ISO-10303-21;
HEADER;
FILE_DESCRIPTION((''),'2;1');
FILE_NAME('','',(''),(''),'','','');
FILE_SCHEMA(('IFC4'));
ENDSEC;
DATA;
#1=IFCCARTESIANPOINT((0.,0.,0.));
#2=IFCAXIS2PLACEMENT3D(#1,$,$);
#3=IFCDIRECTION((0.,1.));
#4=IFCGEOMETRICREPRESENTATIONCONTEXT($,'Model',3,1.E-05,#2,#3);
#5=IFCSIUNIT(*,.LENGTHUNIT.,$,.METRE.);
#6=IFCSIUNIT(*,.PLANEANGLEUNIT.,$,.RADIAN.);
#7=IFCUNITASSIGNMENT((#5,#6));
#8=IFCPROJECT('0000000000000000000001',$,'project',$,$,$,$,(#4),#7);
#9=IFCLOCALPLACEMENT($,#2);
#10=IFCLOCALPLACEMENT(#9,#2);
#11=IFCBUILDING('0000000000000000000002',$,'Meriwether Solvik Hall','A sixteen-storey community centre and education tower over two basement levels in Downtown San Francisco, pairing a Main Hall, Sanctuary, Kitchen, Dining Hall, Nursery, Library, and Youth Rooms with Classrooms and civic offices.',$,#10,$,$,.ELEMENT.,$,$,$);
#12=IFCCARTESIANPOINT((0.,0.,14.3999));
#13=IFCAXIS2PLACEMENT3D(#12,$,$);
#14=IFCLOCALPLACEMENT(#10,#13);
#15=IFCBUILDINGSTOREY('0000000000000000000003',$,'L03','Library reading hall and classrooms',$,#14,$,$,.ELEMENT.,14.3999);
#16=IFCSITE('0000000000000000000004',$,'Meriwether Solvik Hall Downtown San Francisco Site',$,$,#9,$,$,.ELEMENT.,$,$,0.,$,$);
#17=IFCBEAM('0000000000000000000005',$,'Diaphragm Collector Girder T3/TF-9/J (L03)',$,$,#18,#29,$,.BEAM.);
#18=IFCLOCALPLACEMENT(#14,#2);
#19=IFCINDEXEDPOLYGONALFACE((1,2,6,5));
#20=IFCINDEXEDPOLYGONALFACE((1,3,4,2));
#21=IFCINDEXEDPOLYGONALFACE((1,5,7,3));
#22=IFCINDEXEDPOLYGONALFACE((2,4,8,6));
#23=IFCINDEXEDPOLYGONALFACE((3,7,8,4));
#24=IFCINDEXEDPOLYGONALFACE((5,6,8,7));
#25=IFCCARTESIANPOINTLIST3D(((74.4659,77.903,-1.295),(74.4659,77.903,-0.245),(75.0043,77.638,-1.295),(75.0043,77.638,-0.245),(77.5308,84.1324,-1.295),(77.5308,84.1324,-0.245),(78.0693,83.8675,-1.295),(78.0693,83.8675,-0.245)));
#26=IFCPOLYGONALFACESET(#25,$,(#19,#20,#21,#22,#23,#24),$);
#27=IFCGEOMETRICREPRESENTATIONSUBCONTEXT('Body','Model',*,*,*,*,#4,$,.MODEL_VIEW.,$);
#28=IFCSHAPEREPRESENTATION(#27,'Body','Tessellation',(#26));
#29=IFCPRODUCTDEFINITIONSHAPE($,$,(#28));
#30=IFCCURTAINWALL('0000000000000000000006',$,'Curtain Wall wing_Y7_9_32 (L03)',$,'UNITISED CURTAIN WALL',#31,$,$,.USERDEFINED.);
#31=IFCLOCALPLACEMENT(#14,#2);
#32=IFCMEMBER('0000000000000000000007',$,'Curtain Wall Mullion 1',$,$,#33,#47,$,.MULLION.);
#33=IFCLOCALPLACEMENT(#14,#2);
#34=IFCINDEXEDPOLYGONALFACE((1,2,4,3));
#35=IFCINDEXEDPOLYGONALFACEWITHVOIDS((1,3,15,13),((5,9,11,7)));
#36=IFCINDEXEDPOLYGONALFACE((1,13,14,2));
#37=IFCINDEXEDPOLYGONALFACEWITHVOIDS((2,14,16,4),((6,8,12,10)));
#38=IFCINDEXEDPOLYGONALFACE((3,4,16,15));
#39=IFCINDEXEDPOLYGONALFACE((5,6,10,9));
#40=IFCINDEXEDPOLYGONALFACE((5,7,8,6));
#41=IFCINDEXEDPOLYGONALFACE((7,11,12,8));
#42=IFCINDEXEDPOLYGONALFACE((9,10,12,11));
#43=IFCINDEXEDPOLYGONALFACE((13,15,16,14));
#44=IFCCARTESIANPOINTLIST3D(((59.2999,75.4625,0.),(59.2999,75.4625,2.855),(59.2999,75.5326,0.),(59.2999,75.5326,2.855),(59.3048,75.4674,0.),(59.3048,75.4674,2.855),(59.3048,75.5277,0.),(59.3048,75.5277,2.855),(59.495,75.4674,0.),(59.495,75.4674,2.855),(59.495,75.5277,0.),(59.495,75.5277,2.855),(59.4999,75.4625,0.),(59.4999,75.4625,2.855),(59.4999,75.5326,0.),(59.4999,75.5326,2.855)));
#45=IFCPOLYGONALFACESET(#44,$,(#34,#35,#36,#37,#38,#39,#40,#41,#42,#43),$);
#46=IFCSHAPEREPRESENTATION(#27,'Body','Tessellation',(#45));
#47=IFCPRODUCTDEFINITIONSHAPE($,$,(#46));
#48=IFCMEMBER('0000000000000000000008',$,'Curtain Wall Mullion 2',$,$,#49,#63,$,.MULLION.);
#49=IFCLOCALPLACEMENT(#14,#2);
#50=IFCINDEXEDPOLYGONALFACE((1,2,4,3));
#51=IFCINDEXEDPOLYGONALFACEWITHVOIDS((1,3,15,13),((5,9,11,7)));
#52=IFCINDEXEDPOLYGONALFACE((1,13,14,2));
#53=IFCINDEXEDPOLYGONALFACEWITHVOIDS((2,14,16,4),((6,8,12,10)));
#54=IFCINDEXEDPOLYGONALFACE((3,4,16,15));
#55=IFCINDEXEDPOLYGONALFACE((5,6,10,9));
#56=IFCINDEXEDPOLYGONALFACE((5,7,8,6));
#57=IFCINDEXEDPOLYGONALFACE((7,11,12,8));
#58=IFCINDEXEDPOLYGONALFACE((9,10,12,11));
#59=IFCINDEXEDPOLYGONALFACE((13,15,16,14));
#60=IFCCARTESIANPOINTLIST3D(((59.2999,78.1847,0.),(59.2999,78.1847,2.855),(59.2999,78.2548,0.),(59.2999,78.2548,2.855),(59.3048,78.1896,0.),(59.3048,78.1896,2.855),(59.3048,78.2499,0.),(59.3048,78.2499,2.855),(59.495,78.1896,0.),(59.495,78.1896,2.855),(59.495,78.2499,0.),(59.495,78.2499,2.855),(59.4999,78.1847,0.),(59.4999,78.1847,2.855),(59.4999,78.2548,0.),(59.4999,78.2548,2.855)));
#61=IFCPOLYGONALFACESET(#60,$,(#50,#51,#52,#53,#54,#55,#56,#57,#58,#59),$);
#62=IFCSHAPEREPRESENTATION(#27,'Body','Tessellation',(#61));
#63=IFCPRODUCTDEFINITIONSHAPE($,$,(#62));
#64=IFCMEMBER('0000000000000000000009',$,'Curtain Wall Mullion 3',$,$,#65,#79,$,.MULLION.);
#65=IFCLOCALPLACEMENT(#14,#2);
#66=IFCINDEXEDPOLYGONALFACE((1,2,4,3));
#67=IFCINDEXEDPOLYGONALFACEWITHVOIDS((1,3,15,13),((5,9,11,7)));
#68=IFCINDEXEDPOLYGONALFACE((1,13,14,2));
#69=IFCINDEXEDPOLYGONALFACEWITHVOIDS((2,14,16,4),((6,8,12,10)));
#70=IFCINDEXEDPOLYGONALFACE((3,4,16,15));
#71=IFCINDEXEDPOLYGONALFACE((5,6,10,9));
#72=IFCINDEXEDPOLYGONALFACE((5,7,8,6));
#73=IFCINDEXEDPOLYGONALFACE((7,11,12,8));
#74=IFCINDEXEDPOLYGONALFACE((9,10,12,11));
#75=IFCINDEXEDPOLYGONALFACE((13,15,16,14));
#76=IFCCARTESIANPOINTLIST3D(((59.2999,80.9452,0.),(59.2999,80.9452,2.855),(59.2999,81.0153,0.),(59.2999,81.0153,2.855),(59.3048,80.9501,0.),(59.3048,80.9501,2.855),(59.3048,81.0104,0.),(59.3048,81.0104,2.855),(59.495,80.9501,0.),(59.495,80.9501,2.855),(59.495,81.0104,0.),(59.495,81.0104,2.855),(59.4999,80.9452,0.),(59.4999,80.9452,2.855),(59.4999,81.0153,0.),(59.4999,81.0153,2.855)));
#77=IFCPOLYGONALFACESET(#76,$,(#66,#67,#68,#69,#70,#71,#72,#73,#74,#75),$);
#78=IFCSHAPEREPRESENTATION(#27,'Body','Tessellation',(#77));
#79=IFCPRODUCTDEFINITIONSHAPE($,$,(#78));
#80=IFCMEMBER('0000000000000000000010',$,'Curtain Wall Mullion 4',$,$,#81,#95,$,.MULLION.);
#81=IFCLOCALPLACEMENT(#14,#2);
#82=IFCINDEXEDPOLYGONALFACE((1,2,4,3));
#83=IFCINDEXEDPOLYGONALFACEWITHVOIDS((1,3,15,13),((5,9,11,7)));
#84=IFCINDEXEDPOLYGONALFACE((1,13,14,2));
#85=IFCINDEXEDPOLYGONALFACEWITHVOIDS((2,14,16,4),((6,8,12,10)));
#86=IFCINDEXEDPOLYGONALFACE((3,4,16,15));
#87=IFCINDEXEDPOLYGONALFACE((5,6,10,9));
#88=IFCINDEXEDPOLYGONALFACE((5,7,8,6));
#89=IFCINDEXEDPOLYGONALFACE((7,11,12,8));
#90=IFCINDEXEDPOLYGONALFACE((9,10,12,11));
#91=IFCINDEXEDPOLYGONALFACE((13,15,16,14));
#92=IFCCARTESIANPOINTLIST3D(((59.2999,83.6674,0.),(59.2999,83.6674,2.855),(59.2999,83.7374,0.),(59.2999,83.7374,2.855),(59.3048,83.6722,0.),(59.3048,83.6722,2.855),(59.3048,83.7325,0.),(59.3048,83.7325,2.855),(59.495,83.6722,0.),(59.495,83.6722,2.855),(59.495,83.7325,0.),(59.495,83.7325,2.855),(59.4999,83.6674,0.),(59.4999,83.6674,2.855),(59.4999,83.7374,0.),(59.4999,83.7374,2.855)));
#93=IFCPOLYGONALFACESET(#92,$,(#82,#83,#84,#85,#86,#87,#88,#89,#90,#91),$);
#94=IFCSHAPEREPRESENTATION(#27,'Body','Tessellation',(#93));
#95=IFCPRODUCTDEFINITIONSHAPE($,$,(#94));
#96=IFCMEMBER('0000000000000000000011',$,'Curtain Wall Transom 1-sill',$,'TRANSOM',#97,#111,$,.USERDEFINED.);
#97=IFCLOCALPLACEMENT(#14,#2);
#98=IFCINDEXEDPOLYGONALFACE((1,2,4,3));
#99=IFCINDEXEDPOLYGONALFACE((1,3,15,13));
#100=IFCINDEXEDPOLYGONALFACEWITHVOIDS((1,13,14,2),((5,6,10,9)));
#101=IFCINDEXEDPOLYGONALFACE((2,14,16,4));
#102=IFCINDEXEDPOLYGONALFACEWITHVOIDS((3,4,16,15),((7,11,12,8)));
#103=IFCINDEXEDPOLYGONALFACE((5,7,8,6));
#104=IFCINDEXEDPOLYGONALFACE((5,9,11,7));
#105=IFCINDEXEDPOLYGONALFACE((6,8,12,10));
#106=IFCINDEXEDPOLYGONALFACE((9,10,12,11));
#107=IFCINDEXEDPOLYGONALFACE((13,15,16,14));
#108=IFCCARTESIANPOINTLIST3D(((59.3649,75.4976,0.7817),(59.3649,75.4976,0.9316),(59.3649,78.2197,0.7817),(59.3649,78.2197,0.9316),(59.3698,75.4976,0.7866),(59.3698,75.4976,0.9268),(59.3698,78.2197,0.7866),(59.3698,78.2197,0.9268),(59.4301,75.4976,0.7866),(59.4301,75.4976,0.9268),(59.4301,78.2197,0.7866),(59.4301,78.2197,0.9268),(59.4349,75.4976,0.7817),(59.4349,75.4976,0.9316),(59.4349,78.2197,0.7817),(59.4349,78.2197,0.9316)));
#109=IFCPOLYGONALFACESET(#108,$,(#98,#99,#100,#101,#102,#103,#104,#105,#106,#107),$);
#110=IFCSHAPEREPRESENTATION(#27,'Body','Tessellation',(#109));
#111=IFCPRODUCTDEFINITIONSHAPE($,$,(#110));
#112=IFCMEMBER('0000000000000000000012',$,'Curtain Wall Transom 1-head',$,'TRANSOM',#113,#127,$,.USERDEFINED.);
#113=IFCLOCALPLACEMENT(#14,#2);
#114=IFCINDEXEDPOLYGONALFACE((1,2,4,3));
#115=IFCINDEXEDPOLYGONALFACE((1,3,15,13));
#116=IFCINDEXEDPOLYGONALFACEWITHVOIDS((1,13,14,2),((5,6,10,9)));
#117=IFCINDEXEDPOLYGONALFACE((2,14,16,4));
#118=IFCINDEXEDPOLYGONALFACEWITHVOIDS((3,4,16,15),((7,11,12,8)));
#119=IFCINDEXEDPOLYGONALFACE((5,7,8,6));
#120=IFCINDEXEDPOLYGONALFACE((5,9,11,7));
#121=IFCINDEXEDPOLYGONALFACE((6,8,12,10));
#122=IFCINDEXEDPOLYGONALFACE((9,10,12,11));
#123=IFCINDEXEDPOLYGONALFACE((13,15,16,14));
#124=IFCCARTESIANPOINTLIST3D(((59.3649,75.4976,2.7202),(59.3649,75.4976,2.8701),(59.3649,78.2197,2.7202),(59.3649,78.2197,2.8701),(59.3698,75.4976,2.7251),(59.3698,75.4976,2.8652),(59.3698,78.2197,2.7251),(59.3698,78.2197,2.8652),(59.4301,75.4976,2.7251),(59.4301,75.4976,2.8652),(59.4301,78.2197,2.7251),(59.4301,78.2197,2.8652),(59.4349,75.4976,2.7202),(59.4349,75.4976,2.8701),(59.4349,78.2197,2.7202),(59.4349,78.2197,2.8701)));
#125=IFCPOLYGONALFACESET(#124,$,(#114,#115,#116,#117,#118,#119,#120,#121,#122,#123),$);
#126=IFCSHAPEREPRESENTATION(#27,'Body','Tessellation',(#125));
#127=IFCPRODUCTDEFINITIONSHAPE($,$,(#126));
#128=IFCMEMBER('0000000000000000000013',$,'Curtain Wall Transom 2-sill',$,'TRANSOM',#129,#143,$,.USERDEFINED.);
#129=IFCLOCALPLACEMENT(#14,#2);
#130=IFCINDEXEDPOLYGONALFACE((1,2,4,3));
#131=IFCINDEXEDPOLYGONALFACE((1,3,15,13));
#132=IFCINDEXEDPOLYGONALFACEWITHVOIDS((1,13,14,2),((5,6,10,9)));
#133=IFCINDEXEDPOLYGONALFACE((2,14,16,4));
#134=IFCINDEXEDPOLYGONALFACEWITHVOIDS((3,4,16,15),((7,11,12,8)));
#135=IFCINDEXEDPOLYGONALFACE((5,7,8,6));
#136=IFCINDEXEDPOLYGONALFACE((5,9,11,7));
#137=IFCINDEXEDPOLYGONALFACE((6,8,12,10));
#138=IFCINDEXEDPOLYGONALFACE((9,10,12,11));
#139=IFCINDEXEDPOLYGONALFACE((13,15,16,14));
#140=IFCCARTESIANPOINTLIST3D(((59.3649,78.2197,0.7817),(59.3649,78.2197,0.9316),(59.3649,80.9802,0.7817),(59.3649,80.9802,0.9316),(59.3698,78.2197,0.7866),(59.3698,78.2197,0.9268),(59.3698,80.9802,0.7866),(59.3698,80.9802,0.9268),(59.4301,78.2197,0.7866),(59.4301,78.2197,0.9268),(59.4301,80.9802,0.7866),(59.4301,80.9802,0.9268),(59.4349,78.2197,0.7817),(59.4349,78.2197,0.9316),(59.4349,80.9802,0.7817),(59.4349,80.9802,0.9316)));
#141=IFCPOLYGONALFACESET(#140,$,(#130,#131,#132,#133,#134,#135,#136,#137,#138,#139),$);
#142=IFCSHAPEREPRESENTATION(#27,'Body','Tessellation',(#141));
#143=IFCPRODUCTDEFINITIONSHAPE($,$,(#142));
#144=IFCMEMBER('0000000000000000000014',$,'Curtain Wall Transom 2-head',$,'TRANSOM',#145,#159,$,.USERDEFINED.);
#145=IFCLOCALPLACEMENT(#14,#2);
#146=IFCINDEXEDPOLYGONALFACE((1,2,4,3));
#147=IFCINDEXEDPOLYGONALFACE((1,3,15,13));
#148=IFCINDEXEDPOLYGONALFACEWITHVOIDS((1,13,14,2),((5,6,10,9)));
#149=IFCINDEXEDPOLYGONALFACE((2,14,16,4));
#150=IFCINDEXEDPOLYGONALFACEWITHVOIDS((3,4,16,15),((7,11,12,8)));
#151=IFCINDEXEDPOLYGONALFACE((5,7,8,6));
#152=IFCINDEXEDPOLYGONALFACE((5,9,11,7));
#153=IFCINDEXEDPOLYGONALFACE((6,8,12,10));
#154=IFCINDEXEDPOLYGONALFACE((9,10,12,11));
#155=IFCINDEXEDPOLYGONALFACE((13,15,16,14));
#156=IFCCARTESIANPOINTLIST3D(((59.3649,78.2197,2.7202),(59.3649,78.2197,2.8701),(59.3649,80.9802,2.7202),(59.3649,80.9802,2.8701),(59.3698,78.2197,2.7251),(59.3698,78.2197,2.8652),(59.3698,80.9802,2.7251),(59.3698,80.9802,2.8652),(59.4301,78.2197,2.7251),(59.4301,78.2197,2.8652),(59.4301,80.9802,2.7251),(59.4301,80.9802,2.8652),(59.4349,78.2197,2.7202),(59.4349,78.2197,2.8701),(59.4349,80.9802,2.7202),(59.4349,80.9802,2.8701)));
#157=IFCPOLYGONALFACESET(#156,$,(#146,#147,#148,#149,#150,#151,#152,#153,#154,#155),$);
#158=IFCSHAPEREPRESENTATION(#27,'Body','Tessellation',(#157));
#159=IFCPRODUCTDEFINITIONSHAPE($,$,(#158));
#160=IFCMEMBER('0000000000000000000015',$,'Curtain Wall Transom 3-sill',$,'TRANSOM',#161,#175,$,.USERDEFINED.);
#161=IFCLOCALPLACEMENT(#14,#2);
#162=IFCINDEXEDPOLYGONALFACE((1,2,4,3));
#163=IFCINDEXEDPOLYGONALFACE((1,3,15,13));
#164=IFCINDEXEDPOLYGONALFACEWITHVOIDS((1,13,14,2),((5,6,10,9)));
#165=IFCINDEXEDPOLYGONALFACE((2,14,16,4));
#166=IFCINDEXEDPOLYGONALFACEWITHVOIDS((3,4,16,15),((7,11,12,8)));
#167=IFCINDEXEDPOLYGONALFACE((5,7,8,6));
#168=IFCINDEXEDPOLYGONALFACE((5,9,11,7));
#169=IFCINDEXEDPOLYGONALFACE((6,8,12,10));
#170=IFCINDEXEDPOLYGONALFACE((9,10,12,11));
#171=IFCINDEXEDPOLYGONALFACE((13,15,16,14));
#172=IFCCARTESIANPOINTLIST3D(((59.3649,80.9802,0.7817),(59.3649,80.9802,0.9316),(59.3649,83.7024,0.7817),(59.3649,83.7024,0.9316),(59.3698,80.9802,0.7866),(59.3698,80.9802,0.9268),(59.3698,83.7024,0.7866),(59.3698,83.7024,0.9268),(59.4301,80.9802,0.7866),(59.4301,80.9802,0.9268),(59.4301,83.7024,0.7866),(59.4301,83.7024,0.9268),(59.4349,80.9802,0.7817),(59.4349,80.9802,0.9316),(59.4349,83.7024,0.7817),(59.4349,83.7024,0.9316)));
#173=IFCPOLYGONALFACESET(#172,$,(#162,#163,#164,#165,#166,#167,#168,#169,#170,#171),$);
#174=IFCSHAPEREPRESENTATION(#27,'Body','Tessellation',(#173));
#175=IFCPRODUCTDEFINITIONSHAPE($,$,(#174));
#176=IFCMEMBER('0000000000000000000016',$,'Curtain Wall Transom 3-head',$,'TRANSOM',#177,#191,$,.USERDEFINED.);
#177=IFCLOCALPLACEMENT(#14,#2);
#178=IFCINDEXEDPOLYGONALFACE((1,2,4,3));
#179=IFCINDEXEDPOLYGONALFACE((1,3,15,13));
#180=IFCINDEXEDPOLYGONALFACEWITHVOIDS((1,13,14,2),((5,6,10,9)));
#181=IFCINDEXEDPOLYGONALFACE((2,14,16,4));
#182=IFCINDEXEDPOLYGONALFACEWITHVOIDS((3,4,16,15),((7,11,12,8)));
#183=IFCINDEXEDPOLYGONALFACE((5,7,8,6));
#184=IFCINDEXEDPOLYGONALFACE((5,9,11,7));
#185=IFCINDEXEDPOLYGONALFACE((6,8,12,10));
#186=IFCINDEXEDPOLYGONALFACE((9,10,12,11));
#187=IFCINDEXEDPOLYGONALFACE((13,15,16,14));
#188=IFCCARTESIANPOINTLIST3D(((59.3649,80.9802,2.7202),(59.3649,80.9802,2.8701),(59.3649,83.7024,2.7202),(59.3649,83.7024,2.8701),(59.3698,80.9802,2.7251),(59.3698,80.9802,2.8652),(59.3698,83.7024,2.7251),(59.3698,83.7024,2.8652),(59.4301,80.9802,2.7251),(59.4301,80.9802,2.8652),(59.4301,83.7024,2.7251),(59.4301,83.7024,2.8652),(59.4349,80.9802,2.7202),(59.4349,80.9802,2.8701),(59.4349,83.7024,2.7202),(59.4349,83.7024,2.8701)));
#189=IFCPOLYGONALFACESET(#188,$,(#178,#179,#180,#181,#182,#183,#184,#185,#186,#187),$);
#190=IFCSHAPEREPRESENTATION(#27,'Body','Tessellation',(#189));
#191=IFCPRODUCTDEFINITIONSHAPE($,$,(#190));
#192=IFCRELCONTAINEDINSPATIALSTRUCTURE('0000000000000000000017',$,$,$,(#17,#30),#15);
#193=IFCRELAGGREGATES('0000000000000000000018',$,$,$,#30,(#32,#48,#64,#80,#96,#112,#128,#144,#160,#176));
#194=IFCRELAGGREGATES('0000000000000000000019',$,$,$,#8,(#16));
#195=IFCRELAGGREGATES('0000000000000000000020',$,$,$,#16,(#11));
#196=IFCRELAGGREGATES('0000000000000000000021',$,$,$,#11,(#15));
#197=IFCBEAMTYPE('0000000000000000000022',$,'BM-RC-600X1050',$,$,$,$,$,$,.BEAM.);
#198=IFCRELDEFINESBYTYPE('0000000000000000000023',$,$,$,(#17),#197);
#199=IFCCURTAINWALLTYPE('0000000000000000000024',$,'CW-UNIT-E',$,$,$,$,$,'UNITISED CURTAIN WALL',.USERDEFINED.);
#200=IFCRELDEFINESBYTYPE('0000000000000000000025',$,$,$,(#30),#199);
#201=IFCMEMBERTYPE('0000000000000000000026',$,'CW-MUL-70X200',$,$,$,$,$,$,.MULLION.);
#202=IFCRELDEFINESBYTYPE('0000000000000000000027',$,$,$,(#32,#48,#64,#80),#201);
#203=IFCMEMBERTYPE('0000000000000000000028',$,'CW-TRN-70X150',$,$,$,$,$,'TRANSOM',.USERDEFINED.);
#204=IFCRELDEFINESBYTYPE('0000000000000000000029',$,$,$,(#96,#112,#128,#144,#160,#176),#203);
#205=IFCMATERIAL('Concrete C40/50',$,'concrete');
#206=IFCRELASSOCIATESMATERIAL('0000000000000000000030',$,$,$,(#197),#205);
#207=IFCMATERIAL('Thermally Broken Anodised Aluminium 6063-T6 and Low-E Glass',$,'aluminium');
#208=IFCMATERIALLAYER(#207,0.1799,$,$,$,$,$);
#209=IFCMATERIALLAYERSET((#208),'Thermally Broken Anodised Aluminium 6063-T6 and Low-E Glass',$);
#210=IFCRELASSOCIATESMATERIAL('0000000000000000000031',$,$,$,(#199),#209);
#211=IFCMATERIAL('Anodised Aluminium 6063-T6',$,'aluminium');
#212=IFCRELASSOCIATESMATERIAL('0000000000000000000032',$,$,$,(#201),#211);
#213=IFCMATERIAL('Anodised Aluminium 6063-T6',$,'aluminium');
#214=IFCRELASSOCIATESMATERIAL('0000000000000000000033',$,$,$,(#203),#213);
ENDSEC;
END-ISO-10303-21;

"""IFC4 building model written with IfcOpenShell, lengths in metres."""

from ifc_helpers import new_model, si_unit, direction, frame, origin, origin_2d, place, context, subcontext, project, spatial, rectangle, hollow_rectangle, extrude, material, layer, layer_set, material_profile, profile_set, type_object, element, aggregate, save


model = new_model("IFC4")

# Units and contexts
model_context = context("Model", 3, precision=1e-05, world=origin(), true_north=direction((0.0, 1.0)))
body_context = subcontext(model_context, "Body", "Model", "MODEL_VIEW")
ifc_project = project(units=[si_unit("LENGTHUNIT", "METRE"), si_unit("PLANEANGLEUNIT", "RADIAN")], contexts=[model_context])

# Site, building, storey
site_placement = place(None, origin())
site = spatial("IfcSite", under=ifc_project, at=site_placement, Name="Meriwether Solvik Hall Downtown San Francisco Site", CompositionType="ELEMENT", RefElevation=0.0)
building_placement = place(site_placement, origin())
building = spatial("IfcBuilding", under=site, at=building_placement, Name="Meriwether Solvik Hall", Description="A sixteen-storey community centre and education tower over two basement levels in Downtown San Francisco, pairing a Main Hall, Sanctuary, Kitchen, Dining Hall, Nursery, Library, and Youth Rooms with Classrooms and civic offices.", CompositionType="ELEMENT")
storey_placement = place(building_placement, frame((0.0, 0.0, 14.3999)))
storey = spatial("IfcBuildingStorey", under=building, at=storey_placement, Name="L03", Description="Library reading hall and classrooms", CompositionType="ELEMENT", Elevation=14.3999)

# Beam
ifc_material_1 = material(Name="Concrete C40/50", Category="concrete")
ifc_material_profile_1 = material_profile(ifc_material_1, rectangle(XDim=0.6001, YDim=1.05, at=origin_2d()), Name="RCB-600X1050")
ifc_profile_set_1 = profile_set([ifc_material_profile_1], Name="Concrete C40/50")
beam_type_1 = type_object("IfcBeamType", Name="BM-RC-600X1050", PredefinedType="BEAM", material=ifc_profile_set_1)
beam_1_placement = place(storey_placement, frame((74.7351, 77.7705, -0.77), z_axis=(0.441465, 0.897278, 0.0), x_axis=(-0.897278, 0.441465, 0.0)))
element("IfcBeam", 1, at=beam_1_placement, inside=storey, type_object=beam_type_1, Name="Diaphragm Collector Girder T3/TF-9/J (L03)", PredefinedType="BEAM", context=body_context, shape_type="SweptSolid", body=[
    extrude(rectangle(XDim=0.6001, YDim=1.05, at=origin_2d()), origin(), (0.0, 0.0, 1.0), 6.9426),
])

# Curtain wall, members
ifc_material_2 = material(Name="Thermally Broken Anodised Aluminium 6063-T6 and Low-E Glass", Category="aluminium")
ifc_layer_1 = layer(ifc_material_2, 0.1799)
ifc_layer_set_1 = layer_set([ifc_layer_1], Name="Thermally Broken Anodised Aluminium 6063-T6 and Low-E Glass")
curtain_wall_type = type_object("IfcCurtainWallType", Name="CW-UNIT-E", ElementType="UNITISED CURTAIN WALL", PredefinedType="USERDEFINED", material=ifc_layer_set_1)
curtain_wall_placement = place(storey_placement, origin())
curtain_wall = element("IfcCurtainWall", 2, at=curtain_wall_placement, inside=storey, type_object=curtain_wall_type, Name="Curtain Wall wing_Y7_9_32 (L03)", ObjectType="UNITISED CURTAIN WALL", PredefinedType="USERDEFINED")
ifc_material_3 = material(Name="Anodised Aluminium 6063-T6", Category="aluminium")
ifc_material_profile_2 = material_profile(ifc_material_3, hollow_rectangle(XDim=0.0701, YDim=0.2, WallThickness=0.0049, at=origin_2d()), Name="CWM-70X200")
ifc_profile_set_2 = profile_set([ifc_material_profile_2], Name="Anodised Aluminium 6063-T6")
member_type_1 = type_object("IfcMemberType", Name="CW-MUL-70X200", PredefinedType="MULLION", material=ifc_profile_set_2)
member_1_placement = place(storey_placement, frame((59.3999, 75.4976, 0.0), z_axis=(0.0, 0.0, 1.0), x_axis=(0.0, 1.0, 0.0)))
member_1 = element("IfcMember", 3, at=member_1_placement, type_object=member_type_1, Name="Curtain Wall Mullion 1", PredefinedType="MULLION", context=body_context, shape_type="SweptSolid", body=[
    extrude(hollow_rectangle(XDim=0.0701, YDim=0.2, WallThickness=0.0049, at=origin_2d()), origin(), (0.0, 0.0, 1.0), 2.855),
])
member_2_placement = place(storey_placement, frame((59.3999, 78.2197, 0.0), z_axis=(0.0, 0.0, 1.0), x_axis=(0.0, 1.0, 0.0)))
member_2 = element("IfcMember", 4, at=member_2_placement, type_object=member_type_1, Name="Curtain Wall Mullion 2", PredefinedType="MULLION", context=body_context, shape_type="SweptSolid", body=[
    extrude(hollow_rectangle(XDim=0.0701, YDim=0.2, WallThickness=0.0049, at=origin_2d()), origin(), (0.0, 0.0, 1.0), 2.855),
])
member_3_placement = place(storey_placement, frame((59.3999, 80.9802, 0.0), z_axis=(0.0, 0.0, 1.0), x_axis=(0.0, 1.0, 0.0)))
member_3 = element("IfcMember", 5, at=member_3_placement, type_object=member_type_1, Name="Curtain Wall Mullion 3", PredefinedType="MULLION", context=body_context, shape_type="SweptSolid", body=[
    extrude(hollow_rectangle(XDim=0.0701, YDim=0.2, WallThickness=0.0049, at=origin_2d()), origin(), (0.0, 0.0, 1.0), 2.855),
])
member_4_placement = place(storey_placement, frame((59.3999, 83.7024, 0.0), z_axis=(0.0, 0.0, 1.0), x_axis=(0.0, 1.0, 0.0)))
member_4 = element("IfcMember", 6, at=member_4_placement, type_object=member_type_1, Name="Curtain Wall Mullion 4", PredefinedType="MULLION", context=body_context, shape_type="SweptSolid", body=[
    extrude(hollow_rectangle(XDim=0.0701, YDim=0.2, WallThickness=0.0049, at=origin_2d()), origin(), (0.0, 0.0, 1.0), 2.855),
])
ifc_material_4 = material(Name="Anodised Aluminium 6063-T6", Category="aluminium")
ifc_material_profile_3 = material_profile(ifc_material_4, hollow_rectangle(XDim=0.0701, YDim=0.1499, WallThickness=0.0049, at=origin_2d()), Name="CWT-70X150")
ifc_profile_set_3 = profile_set([ifc_material_profile_3], Name="Anodised Aluminium 6063-T6")
member_type_2 = type_object("IfcMemberType", Name="CW-TRN-70X150", ElementType="TRANSOM", PredefinedType="USERDEFINED", material=ifc_profile_set_3)
member_5_placement = place(storey_placement, frame((59.3999, 75.4976, 0.8567), z_axis=(0.0, 1.0, 0.0), x_axis=(-1.0, 0.0, 0.0)))
member_5 = element("IfcMember", 7, at=member_5_placement, type_object=member_type_2, Name="Curtain Wall Transom 1-sill", ObjectType="TRANSOM", PredefinedType="USERDEFINED", context=body_context, shape_type="SweptSolid", body=[
    extrude(hollow_rectangle(XDim=0.0701, YDim=0.1499, WallThickness=0.0049, at=origin_2d()), origin(), (0.0, 0.0, 1.0), 2.7222),
])
member_6_placement = place(storey_placement, frame((59.3999, 75.4976, 2.7952), z_axis=(0.0, 1.0, 0.0), x_axis=(-1.0, 0.0, 0.0)))
member_6 = element("IfcMember", 8, at=member_6_placement, type_object=member_type_2, Name="Curtain Wall Transom 1-head", ObjectType="TRANSOM", PredefinedType="USERDEFINED", context=body_context, shape_type="SweptSolid", body=[
    extrude(hollow_rectangle(XDim=0.0701, YDim=0.1499, WallThickness=0.0049, at=origin_2d()), origin(), (0.0, 0.0, 1.0), 2.7222),
])
member_7_placement = place(storey_placement, frame((59.3999, 78.2197, 0.8567), z_axis=(0.0, 1.0, 0.0), x_axis=(-1.0, 0.0, 0.0)))
member_7 = element("IfcMember", 9, at=member_7_placement, type_object=member_type_2, Name="Curtain Wall Transom 2-sill", ObjectType="TRANSOM", PredefinedType="USERDEFINED", context=body_context, shape_type="SweptSolid", body=[
    extrude(hollow_rectangle(XDim=0.0701, YDim=0.1499, WallThickness=0.0049, at=origin_2d()), origin(), (0.0, 0.0, 1.0), 2.7605),
])
member_8_placement = place(storey_placement, frame((59.3999, 78.2197, 2.7952), z_axis=(0.0, 1.0, 0.0), x_axis=(-1.0, 0.0, 0.0)))
member_8 = element("IfcMember", 10, at=member_8_placement, type_object=member_type_2, Name="Curtain Wall Transom 2-head", ObjectType="TRANSOM", PredefinedType="USERDEFINED", context=body_context, shape_type="SweptSolid", body=[
    extrude(hollow_rectangle(XDim=0.0701, YDim=0.1499, WallThickness=0.0049, at=origin_2d()), origin(), (0.0, 0.0, 1.0), 2.7605),
])
member_9_placement = place(storey_placement, frame((59.3999, 80.9802, 0.8567), z_axis=(0.0, 1.0, 0.0), x_axis=(-1.0, 0.0, 0.0)))
member_9 = element("IfcMember", 11, at=member_9_placement, type_object=member_type_2, Name="Curtain Wall Transom 3-sill", ObjectType="TRANSOM", PredefinedType="USERDEFINED", context=body_context, shape_type="SweptSolid", body=[
    extrude(hollow_rectangle(XDim=0.0701, YDim=0.1499, WallThickness=0.0049, at=origin_2d()), origin(), (0.0, 0.0, 1.0), 2.7222),
])
member_10_placement = place(storey_placement, frame((59.3999, 80.9802, 2.7952), z_axis=(0.0, 1.0, 0.0), x_axis=(-1.0, 0.0, 0.0)))
member_10 = element("IfcMember", 12, at=member_10_placement, type_object=member_type_2, Name="Curtain Wall Transom 3-head", ObjectType="TRANSOM", PredefinedType="USERDEFINED", context=body_context, shape_type="SweptSolid", body=[
    extrude(hollow_rectangle(XDim=0.0701, YDim=0.1499, WallThickness=0.0049, at=origin_2d()), origin(), (0.0, 0.0, 1.0), 2.7222),
])

aggregate(curtain_wall, [member_1, member_2, member_3, member_4, member_5, member_6, member_7, member_8, member_9, member_10])

save(model, "model.ifc")
